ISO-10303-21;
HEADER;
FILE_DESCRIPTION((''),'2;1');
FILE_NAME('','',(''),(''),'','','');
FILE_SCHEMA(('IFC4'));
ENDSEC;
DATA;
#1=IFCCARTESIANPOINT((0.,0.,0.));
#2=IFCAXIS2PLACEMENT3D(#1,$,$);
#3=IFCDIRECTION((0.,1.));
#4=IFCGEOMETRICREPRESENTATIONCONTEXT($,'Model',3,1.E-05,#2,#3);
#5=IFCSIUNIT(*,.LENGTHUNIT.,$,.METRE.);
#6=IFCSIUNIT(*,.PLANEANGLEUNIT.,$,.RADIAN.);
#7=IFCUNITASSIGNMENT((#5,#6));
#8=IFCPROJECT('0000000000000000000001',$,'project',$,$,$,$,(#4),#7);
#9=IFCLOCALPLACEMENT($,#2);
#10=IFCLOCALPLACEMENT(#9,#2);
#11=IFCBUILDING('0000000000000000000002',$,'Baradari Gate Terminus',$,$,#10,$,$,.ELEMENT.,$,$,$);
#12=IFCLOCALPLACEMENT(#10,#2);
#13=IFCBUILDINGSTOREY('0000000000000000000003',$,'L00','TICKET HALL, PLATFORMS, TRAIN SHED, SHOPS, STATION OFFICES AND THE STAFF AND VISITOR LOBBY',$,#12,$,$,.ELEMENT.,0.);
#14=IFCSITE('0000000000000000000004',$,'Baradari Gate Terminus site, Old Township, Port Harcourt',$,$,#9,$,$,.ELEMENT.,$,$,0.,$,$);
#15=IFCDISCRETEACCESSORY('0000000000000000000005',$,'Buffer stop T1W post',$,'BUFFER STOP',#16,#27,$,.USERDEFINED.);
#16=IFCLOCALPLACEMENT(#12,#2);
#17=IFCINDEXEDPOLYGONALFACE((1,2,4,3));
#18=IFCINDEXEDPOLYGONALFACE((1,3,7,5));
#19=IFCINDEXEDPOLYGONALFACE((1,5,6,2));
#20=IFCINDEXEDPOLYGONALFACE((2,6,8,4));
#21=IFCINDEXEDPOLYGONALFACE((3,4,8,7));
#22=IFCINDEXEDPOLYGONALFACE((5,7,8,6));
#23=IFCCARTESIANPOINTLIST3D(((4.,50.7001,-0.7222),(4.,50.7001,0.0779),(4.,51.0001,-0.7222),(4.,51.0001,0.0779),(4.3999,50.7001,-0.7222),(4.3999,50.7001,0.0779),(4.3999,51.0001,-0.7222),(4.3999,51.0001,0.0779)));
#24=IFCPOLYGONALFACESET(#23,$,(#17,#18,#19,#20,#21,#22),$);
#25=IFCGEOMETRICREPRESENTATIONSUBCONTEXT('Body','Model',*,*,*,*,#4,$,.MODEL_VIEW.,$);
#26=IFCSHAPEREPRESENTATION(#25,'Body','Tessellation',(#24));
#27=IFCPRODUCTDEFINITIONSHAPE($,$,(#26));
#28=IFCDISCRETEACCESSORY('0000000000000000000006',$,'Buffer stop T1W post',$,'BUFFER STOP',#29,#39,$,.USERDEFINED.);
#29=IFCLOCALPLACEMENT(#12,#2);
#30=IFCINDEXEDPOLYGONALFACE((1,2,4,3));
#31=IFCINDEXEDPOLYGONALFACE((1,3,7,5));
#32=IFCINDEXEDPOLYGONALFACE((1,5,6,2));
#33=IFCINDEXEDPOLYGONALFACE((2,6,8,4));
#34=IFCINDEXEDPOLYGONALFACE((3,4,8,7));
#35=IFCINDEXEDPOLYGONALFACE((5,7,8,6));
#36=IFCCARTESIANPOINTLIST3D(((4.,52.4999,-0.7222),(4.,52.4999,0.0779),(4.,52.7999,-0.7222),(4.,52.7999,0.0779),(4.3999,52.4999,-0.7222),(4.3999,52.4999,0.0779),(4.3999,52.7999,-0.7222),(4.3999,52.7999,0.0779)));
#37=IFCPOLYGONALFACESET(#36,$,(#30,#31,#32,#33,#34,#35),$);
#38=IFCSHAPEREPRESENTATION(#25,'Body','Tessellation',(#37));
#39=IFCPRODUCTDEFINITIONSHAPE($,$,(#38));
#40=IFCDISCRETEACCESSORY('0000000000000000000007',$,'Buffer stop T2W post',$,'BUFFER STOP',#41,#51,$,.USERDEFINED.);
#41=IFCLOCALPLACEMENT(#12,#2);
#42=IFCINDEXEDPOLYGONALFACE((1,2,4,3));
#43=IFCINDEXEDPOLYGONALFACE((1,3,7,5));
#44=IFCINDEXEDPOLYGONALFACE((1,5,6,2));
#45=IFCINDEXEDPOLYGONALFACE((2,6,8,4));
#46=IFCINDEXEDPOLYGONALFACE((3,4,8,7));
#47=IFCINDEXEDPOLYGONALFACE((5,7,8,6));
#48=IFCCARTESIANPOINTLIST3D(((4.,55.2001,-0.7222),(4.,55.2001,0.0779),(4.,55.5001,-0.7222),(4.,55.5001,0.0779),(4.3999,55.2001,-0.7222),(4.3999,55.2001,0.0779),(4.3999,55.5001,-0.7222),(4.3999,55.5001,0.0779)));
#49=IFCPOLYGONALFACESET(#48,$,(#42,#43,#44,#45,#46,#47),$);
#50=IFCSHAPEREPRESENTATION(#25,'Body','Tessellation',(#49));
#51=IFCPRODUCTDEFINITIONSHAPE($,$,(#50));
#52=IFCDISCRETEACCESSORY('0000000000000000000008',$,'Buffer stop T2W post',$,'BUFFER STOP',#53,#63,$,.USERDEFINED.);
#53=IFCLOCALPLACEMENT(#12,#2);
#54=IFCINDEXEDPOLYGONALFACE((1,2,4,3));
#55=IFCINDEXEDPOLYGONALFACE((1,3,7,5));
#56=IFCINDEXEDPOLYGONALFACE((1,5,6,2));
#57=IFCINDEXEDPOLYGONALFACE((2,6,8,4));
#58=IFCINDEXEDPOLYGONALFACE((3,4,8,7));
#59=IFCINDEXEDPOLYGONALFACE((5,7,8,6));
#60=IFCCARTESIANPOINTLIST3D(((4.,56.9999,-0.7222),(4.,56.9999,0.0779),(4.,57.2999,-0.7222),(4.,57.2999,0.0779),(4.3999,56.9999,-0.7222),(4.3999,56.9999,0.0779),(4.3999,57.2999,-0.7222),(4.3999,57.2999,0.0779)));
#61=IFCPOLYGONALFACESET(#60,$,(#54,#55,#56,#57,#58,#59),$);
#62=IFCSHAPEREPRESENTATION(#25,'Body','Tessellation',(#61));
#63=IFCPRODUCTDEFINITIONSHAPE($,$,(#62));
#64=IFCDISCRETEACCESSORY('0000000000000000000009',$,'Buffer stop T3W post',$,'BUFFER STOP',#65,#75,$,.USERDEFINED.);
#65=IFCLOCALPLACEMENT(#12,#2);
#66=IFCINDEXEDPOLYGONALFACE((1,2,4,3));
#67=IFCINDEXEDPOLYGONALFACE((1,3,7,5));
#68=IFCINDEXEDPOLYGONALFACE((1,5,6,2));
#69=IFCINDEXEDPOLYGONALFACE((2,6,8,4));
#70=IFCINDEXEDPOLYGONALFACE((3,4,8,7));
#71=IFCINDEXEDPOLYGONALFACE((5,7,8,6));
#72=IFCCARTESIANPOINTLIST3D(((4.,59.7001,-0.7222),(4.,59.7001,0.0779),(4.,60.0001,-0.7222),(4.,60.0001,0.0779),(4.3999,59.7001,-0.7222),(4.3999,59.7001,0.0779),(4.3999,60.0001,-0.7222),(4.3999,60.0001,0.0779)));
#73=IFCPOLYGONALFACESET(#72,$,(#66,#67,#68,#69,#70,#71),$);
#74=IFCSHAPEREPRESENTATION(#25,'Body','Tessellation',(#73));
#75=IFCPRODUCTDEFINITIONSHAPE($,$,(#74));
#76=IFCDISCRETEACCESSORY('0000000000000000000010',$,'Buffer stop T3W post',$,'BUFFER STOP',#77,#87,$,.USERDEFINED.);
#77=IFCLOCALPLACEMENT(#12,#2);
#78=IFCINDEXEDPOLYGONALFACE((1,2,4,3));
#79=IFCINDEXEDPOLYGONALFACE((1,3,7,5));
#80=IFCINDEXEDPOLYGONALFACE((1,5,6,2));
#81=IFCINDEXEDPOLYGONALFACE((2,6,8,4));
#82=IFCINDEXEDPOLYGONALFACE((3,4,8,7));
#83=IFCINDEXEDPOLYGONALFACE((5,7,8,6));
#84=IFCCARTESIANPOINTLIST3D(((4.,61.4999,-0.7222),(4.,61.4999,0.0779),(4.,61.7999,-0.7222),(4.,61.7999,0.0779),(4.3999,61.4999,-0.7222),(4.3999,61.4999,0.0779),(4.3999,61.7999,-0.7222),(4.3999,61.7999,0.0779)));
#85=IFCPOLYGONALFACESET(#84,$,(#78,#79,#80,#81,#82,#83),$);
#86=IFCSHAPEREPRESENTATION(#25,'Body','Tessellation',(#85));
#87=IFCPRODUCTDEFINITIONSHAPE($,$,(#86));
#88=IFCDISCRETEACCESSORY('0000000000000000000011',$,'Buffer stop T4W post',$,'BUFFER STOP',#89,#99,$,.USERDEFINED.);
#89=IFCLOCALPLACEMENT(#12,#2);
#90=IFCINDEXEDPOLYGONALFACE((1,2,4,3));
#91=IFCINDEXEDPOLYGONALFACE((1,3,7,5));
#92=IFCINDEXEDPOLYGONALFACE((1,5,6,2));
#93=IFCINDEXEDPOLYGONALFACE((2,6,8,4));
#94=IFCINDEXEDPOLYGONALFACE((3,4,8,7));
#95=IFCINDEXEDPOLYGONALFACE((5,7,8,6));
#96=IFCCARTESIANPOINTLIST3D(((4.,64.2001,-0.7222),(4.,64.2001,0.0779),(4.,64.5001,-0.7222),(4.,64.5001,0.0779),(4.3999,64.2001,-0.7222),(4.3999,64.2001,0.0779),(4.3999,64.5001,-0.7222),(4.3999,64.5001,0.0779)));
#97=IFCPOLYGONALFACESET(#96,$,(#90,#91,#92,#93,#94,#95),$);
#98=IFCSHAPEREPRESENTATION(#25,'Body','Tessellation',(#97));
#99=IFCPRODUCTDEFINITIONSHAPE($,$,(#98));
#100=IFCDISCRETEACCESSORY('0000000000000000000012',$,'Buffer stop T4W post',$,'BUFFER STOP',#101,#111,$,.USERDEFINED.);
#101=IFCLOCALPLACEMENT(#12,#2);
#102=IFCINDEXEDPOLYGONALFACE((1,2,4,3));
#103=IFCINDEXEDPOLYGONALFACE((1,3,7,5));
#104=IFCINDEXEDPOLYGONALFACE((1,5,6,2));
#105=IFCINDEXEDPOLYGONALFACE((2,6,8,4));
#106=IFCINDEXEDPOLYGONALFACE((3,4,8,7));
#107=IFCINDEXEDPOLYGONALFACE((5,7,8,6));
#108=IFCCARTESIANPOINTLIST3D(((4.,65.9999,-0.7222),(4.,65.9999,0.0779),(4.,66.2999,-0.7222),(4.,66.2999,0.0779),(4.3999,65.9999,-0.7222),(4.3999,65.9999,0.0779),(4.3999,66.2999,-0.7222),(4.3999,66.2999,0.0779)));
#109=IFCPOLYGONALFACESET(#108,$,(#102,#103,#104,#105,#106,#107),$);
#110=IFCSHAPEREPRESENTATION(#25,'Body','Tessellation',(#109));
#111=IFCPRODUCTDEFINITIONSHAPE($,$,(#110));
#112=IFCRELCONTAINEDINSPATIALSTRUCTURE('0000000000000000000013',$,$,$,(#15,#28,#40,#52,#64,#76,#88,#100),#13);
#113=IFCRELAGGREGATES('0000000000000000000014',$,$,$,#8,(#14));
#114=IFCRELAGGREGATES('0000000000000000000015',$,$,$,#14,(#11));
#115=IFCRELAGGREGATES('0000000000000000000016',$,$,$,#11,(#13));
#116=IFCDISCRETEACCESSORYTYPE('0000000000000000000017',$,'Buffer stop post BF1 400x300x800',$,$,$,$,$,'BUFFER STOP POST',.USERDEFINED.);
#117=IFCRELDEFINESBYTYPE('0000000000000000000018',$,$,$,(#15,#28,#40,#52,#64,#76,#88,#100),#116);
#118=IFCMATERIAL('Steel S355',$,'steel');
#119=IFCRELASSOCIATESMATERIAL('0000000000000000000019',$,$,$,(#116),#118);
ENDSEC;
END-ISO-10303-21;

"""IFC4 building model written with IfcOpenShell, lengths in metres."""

from ifc_helpers import new_model, si_unit, direction, frame, origin, origin_2d, place, context, subcontext, project, spatial, rectangle, extrude, material, type_object, element, save


model = new_model("IFC4")

# Units and contexts
model_context = context("Model", 3, precision=1e-05, world=origin(), true_north=direction((0.0, 1.0)))
body_context = subcontext(model_context, "Body", "Model", "MODEL_VIEW")
ifc_project = project(units=[si_unit("LENGTHUNIT", "METRE"), si_unit("PLANEANGLEUNIT", "RADIAN")], contexts=[model_context])

# Site, building, storey
site_placement = place(None, origin())
site = spatial("IfcSite", under=ifc_project, at=site_placement, Name="Baradari Gate Terminus site, Old Township, Port Harcourt", CompositionType="ELEMENT", RefElevation=0.0)
building_placement = place(site_placement, origin())
building = spatial("IfcBuilding", under=site, at=building_placement, Name="Baradari Gate Terminus", CompositionType="ELEMENT")
storey_placement = place(building_placement, origin())
storey = spatial("IfcBuildingStorey", under=building, at=storey_placement, Name="L00", Description="TICKET HALL, PLATFORMS, TRAIN SHED, SHOPS, STATION OFFICES AND THE STAFF AND VISITOR LOBBY", CompositionType="ELEMENT", Elevation=0.0)

# Discrete accessories
ifc_material_1 = material(Name="Steel S355", Category="steel")
discrete_accessory_type_1 = type_object("IfcDiscreteAccessoryType", Name="Buffer stop post BF1 400x300x800", ElementType="BUFFER STOP POST", PredefinedType="USERDEFINED", material=ifc_material_1)
for number, where, z_axis, x_axis, name in (
    (1, (4.2, 50.8501, -0.7222), (0.0, 0.0, 1.0), (1.0, 0.0, 0.0), "Buffer stop T1W post"),
    (2, (4.2, 52.6499, -0.7222), (0.0, 0.0, 1.0), (1.0, 0.0, 0.0), "Buffer stop T1W post"),
    (3, (4.2, 55.3501, -0.7222), (0.0, 0.0, 1.0), (1.0, 0.0, 0.0), "Buffer stop T2W post"),
    (4, (4.2, 57.1499, -0.7222), (0.0, 0.0, 1.0), (1.0, 0.0, 0.0), "Buffer stop T2W post"),
    (5, (4.2, 59.8501, -0.7222), (0.0, 0.0, 1.0), (1.0, 0.0, 0.0), "Buffer stop T3W post"),
    (6, (4.2, 61.6499, -0.7222), (0.0, 0.0, 1.0), (1.0, 0.0, 0.0), "Buffer stop T3W post"),
    (7, (4.2, 64.3501, -0.7222), (0.0, 0.0, 1.0), (1.0, 0.0, 0.0), "Buffer stop T4W post"),
    (8, (4.2, 66.1499, -0.7222), (0.0, 0.0, 1.0), (1.0, 0.0, 0.0), "Buffer stop T4W post"),
):
    element("IfcDiscreteAccessory", number, at=place(storey_placement, frame(where, z_axis=z_axis, x_axis=x_axis)), inside=storey, type_object=discrete_accessory_type_1, Name=name, ObjectType="BUFFER STOP", PredefinedType="USERDEFINED", context=body_context, shape_type="SweptSolid", body=[
        extrude(rectangle(XDim=0.3999, YDim=0.3, at=origin_2d()), origin(), (0.0, 0.0, 1.0), 0.8),
    ])

save(model, "model.ifc")
